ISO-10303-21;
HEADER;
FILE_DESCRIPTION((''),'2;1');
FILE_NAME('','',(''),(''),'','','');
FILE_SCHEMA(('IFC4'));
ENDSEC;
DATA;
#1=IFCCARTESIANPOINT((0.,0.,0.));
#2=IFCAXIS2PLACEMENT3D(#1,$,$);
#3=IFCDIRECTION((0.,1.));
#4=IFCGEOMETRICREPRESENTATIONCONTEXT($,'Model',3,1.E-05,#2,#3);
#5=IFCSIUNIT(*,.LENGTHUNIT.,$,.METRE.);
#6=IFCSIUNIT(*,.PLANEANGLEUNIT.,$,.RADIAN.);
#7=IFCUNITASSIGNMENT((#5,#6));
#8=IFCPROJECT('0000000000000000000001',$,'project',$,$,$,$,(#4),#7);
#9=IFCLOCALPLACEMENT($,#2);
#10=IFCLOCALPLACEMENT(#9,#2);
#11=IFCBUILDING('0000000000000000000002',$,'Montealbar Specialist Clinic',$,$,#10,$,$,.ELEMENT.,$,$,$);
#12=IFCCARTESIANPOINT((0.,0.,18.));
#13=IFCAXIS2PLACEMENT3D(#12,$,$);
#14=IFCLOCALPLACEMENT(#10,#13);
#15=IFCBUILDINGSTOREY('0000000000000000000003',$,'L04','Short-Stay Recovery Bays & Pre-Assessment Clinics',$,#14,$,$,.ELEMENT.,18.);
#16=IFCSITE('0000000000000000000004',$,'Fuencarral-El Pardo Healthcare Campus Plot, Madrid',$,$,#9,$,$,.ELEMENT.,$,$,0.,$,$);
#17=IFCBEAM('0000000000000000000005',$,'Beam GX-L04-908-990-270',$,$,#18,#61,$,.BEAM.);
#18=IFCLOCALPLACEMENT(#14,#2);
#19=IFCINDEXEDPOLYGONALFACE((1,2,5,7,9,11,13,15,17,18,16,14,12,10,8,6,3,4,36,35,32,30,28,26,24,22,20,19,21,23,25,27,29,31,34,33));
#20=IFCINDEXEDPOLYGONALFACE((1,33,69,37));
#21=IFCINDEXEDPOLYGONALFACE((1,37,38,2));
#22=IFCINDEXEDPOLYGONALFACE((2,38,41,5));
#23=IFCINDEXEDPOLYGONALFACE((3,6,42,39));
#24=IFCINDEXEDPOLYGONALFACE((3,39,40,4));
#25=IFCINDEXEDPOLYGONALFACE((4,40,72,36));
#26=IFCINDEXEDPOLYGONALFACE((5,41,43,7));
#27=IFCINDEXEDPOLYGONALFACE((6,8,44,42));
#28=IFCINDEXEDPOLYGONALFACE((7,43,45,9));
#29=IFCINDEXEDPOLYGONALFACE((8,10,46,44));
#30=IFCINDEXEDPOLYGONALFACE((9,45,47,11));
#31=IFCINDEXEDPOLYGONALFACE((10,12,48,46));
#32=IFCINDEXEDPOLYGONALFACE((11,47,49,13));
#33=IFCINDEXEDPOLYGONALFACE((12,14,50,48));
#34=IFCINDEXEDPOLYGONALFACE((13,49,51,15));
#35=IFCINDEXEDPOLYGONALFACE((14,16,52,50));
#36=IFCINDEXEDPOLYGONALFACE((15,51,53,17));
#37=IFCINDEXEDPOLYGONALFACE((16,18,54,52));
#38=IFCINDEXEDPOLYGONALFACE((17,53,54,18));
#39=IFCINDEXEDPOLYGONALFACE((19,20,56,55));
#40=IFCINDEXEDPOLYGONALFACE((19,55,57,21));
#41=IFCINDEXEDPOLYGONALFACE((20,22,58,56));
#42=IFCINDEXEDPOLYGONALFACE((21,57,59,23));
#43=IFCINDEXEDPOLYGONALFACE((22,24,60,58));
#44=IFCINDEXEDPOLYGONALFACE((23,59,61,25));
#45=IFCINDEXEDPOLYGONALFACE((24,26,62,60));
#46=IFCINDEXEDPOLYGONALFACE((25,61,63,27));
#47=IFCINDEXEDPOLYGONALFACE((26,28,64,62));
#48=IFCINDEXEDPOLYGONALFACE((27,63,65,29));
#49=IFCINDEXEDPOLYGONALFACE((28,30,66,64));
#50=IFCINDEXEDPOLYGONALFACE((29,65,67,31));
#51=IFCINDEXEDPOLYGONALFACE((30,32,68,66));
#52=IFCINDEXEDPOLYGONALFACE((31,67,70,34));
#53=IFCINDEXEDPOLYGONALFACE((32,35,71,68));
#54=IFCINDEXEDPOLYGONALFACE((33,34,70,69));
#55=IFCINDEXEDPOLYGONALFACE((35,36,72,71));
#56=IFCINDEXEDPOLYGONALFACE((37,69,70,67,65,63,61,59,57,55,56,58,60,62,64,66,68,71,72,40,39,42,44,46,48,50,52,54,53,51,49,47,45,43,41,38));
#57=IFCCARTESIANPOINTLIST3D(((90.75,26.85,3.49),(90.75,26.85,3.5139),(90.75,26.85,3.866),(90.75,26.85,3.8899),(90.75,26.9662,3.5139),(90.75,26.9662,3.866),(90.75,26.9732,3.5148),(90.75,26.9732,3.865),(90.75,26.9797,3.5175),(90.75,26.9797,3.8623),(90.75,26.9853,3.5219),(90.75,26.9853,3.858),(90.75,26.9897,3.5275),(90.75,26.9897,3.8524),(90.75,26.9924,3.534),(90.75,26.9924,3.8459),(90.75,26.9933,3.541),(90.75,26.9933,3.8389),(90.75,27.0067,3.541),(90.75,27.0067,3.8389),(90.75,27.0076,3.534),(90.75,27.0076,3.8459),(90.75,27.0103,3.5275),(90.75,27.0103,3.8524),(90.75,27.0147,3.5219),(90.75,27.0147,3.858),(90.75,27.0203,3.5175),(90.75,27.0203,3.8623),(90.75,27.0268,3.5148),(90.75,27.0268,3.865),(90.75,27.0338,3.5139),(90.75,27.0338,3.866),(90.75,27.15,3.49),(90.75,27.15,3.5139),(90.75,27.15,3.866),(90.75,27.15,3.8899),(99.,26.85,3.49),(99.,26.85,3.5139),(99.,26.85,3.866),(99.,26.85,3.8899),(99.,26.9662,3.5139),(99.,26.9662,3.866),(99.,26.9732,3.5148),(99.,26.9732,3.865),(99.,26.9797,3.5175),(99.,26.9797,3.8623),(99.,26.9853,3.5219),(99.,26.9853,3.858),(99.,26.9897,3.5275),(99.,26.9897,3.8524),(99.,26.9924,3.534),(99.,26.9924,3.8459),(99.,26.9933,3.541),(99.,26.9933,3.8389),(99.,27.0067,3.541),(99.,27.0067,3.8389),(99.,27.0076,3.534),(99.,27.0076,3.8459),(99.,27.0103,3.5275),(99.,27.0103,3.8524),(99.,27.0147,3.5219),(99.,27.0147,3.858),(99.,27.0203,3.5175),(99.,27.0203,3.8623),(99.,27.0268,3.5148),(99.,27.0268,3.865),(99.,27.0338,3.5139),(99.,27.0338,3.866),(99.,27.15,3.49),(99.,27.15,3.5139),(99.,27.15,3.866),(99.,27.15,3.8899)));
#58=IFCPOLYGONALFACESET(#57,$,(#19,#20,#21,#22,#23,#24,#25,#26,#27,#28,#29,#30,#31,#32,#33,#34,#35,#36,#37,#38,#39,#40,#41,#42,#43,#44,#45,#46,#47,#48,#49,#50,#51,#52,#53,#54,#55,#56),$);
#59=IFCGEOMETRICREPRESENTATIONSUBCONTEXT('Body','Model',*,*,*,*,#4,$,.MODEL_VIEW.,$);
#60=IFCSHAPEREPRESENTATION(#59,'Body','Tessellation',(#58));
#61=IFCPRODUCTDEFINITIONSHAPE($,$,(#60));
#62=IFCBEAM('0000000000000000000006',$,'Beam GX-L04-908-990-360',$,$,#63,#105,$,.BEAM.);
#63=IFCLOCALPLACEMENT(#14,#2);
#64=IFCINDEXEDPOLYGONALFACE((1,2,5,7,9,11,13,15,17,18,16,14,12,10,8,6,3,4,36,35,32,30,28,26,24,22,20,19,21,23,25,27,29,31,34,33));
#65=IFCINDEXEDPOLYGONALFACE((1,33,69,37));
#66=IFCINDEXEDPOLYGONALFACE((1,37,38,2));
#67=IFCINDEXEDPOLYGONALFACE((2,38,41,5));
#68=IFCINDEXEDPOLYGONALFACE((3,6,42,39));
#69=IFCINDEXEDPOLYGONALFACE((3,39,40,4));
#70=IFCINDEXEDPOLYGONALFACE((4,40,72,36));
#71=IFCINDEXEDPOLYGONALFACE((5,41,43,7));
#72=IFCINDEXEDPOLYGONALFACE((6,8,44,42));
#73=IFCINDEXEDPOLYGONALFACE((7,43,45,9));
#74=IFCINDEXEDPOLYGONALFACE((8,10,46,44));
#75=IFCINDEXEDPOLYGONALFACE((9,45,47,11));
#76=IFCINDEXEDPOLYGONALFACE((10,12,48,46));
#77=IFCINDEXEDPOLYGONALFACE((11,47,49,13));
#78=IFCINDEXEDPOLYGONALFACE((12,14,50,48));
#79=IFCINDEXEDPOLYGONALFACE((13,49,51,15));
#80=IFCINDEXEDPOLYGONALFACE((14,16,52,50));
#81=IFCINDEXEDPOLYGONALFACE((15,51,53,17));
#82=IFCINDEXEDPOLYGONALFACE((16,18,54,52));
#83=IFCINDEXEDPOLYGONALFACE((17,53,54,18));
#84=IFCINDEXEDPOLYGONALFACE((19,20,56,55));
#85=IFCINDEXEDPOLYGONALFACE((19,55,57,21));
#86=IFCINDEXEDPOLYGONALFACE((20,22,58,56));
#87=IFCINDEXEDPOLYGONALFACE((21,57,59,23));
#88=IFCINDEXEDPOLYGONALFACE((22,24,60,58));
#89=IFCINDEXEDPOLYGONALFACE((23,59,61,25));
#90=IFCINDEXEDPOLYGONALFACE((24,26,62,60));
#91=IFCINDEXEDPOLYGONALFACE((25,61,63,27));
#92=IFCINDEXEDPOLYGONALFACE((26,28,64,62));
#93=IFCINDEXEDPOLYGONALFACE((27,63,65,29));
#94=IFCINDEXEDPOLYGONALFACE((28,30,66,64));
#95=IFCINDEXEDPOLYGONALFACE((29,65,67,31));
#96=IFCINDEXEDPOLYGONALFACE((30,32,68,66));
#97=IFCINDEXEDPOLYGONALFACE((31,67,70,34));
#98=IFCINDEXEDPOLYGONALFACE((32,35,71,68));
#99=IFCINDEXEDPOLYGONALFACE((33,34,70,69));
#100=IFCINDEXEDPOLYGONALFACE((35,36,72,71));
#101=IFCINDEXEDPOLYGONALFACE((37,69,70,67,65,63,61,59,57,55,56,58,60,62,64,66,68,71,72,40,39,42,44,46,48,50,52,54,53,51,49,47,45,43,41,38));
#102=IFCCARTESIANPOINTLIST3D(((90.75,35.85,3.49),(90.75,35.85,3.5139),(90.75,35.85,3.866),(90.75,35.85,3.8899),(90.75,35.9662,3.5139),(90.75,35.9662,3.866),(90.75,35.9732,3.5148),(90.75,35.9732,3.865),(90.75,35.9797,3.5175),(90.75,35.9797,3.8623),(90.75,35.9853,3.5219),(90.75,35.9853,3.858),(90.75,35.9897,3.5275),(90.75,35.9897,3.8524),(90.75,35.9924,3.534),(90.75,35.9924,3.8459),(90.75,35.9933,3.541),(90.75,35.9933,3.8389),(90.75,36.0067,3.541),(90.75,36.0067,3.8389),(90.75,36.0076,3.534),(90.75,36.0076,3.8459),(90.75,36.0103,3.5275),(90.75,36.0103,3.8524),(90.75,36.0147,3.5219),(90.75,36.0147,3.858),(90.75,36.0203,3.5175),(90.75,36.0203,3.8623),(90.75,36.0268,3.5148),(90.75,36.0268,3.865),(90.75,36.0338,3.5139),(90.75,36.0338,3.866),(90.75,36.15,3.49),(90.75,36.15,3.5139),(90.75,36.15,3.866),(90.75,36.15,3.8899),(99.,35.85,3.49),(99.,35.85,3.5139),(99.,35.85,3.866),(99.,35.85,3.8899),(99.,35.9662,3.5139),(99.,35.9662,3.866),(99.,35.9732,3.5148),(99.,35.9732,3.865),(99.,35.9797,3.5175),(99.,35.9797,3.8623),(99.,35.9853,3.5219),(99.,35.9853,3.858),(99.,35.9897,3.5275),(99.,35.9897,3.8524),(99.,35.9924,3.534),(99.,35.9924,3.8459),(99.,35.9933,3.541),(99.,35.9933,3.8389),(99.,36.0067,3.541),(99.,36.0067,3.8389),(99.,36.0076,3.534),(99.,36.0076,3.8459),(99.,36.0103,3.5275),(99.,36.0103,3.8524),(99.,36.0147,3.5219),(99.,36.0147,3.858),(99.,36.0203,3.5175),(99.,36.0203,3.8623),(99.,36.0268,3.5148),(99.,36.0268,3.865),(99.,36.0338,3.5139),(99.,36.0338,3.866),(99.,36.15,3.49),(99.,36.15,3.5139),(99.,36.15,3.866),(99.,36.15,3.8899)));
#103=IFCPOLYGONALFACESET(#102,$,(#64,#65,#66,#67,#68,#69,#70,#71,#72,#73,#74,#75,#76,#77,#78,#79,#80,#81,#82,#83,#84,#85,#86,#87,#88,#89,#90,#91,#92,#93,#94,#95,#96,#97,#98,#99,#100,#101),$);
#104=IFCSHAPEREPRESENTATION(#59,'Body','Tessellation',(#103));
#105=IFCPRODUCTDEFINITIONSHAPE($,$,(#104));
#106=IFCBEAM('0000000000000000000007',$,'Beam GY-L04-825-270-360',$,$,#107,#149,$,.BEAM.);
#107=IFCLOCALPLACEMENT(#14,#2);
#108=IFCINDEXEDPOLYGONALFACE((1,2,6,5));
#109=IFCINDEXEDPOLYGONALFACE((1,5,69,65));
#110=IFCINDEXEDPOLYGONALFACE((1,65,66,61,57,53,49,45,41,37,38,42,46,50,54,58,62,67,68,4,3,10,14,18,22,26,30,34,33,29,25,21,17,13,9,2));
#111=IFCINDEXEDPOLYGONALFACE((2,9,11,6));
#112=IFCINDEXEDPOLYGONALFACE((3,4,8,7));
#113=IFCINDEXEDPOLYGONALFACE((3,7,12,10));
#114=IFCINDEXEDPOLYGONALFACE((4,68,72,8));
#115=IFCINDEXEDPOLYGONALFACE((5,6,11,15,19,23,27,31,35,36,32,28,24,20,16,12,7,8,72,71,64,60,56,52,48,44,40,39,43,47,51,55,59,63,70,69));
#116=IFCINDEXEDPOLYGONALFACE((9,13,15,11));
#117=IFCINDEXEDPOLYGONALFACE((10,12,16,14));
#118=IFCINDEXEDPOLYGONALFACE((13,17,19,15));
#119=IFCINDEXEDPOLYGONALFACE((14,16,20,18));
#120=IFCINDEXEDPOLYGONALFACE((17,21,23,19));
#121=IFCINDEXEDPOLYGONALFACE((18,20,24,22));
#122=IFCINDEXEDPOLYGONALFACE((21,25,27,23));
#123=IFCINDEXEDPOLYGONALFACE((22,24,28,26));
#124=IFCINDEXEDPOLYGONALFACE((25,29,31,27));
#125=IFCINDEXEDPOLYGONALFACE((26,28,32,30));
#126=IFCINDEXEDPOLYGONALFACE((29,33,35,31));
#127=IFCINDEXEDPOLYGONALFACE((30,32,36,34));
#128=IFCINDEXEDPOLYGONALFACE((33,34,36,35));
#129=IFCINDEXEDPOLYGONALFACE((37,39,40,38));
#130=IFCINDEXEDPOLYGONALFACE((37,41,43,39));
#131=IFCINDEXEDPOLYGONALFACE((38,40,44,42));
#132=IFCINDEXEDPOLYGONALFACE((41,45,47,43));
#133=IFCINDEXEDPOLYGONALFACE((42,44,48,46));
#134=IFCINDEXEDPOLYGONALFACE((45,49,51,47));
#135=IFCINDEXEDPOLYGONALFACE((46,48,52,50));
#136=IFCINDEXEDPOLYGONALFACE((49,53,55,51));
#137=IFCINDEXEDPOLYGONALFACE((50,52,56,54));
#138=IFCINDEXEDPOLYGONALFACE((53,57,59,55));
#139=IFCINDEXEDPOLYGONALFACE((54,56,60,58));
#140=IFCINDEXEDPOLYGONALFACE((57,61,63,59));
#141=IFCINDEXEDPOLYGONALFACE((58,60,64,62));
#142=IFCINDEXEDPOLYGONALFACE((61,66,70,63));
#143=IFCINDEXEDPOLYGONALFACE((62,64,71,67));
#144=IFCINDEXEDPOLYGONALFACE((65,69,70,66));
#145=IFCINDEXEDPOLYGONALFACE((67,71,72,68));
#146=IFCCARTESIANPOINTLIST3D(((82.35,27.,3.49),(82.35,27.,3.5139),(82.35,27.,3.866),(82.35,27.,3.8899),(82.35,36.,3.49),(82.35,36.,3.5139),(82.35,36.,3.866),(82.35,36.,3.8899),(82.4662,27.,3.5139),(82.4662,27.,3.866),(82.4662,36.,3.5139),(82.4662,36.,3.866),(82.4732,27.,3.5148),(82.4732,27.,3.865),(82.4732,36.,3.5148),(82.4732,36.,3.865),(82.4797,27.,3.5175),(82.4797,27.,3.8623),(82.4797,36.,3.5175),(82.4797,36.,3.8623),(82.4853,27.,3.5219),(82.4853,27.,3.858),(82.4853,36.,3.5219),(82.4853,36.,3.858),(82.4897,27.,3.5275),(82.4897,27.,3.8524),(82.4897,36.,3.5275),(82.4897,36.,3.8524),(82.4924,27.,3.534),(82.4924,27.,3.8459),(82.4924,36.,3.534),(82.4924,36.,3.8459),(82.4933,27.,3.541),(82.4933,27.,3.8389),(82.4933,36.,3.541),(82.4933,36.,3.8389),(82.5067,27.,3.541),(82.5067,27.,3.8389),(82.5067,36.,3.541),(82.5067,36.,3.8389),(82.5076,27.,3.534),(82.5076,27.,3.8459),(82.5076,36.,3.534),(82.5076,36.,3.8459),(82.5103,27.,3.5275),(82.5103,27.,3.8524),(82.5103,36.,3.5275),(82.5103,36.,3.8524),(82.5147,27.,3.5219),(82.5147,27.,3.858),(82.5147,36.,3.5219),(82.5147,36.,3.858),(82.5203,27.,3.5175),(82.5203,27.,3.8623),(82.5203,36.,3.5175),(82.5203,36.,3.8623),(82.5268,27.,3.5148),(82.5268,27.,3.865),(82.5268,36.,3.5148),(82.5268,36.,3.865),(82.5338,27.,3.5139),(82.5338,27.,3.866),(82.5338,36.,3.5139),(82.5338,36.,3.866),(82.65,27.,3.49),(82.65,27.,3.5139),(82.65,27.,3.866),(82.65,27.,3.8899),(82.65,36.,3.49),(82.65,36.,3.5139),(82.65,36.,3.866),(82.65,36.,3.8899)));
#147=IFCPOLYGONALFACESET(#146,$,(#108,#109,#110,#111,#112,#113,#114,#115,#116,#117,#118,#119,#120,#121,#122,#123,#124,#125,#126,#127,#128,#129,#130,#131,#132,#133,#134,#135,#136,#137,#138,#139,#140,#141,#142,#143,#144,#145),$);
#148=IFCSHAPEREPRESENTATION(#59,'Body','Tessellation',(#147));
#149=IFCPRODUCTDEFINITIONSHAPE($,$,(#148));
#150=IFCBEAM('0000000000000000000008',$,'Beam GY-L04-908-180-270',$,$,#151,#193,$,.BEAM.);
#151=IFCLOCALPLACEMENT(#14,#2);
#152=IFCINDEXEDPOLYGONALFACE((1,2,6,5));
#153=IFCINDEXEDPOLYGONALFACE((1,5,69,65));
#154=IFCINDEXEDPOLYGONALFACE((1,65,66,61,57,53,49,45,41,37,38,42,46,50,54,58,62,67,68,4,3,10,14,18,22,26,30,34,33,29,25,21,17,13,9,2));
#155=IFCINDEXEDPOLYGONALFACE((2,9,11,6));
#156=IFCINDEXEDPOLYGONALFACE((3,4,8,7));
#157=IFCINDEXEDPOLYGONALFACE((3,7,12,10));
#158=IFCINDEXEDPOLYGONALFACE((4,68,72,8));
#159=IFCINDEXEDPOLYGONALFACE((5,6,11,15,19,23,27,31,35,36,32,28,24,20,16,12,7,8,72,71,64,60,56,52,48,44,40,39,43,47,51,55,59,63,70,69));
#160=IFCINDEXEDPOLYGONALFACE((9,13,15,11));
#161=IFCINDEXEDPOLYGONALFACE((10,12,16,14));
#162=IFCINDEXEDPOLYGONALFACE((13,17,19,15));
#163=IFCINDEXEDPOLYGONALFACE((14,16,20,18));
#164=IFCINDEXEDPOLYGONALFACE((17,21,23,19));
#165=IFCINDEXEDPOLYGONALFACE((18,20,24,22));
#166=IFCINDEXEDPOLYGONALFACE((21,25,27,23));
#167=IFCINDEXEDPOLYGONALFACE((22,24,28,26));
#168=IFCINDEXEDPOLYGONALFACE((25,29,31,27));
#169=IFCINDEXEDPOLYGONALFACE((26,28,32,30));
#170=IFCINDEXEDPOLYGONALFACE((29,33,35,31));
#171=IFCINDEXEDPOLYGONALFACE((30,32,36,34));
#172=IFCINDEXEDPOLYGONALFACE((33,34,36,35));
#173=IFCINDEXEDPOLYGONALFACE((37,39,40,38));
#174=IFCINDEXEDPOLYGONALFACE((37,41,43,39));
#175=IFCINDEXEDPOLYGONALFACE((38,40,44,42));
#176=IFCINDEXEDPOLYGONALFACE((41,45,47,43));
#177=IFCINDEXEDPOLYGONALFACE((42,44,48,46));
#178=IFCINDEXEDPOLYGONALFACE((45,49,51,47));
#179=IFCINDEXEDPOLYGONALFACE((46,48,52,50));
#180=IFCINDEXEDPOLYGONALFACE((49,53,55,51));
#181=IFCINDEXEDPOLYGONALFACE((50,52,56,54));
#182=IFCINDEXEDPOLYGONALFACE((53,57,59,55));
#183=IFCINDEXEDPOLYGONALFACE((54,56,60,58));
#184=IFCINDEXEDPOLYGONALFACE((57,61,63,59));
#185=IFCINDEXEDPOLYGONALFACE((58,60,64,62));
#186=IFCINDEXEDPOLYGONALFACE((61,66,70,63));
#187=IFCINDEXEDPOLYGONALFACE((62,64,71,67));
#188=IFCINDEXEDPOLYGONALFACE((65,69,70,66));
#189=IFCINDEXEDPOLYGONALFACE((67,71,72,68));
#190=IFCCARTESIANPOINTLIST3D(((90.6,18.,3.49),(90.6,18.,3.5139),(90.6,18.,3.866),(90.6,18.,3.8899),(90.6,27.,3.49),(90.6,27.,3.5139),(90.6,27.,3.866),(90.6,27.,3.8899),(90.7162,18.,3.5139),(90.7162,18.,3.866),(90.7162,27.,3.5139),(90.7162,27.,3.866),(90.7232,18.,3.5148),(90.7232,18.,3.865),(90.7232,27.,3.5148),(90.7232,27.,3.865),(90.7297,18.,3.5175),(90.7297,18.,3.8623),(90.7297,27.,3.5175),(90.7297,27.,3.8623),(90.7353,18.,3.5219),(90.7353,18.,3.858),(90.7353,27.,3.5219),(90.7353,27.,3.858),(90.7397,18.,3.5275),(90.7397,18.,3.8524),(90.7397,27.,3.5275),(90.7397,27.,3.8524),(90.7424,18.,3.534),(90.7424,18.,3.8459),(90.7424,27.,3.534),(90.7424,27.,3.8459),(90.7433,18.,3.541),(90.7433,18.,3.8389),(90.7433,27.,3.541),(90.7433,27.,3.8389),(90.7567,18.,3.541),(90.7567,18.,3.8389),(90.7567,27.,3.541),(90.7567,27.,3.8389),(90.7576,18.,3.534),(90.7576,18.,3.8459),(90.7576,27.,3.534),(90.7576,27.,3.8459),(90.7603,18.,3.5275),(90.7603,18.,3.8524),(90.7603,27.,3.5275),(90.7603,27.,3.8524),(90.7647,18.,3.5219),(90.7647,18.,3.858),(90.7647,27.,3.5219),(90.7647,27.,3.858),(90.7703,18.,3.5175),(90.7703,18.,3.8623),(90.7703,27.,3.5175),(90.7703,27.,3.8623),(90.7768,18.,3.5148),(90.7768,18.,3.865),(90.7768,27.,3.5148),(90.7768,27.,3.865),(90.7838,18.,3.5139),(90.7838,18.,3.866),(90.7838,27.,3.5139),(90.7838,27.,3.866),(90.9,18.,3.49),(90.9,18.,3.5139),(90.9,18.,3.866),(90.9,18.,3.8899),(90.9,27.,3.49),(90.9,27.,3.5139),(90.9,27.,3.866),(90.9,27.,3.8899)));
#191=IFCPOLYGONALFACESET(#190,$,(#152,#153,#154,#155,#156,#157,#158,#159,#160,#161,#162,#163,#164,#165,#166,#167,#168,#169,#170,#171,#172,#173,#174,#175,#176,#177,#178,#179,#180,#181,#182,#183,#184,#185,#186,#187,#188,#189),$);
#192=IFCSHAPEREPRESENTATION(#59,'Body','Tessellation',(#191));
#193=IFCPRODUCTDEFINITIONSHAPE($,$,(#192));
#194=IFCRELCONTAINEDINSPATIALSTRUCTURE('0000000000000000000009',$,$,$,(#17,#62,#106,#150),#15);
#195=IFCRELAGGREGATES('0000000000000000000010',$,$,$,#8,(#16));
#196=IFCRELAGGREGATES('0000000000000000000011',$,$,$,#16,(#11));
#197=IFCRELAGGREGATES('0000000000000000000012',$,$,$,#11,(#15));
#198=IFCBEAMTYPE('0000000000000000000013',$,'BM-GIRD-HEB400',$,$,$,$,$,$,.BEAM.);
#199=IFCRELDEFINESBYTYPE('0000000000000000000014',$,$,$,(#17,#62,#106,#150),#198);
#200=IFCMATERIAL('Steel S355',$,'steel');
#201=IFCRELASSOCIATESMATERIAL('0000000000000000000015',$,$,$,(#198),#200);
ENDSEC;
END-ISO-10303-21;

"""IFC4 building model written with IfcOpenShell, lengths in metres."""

from ifc_helpers import new_model, si_unit, direction, frame, origin, origin_2d, place, context, subcontext, project, spatial, i_section, extrude, material, material_profile, profile_set, type_object, element, save


model = new_model("IFC4")

# Units and contexts
model_context = context("Model", 3, precision=1e-05, world=origin(), true_north=direction((0.0, 1.0)))
body_context = subcontext(model_context, "Body", "Model", "MODEL_VIEW")
ifc_project = project(units=[si_unit("LENGTHUNIT", "METRE"), si_unit("PLANEANGLEUNIT", "RADIAN")], contexts=[model_context])

# Site, building, storey
site_placement = place(None, origin())
site = spatial("IfcSite", under=ifc_project, at=site_placement, Name="Fuencarral-El Pardo Healthcare Campus Plot, Madrid", CompositionType="ELEMENT", RefElevation=0.0)
building_placement = place(site_placement, origin())
building = spatial("IfcBuilding", under=site, at=building_placement, Name="Montealbar Specialist Clinic", CompositionType="ELEMENT")
storey_placement = place(building_placement, frame((0.0, 0.0, 18.0)))
storey = spatial("IfcBuildingStorey", under=building, at=storey_placement, Name="L04", Description="Short-Stay Recovery Bays & Pre-Assessment Clinics", CompositionType="ELEMENT", Elevation=18.0)

# Shared definitions
ifc_material_1 = material(Name="Steel S355", Category="steel")

# Beams
ifc_material_profile_1 = material_profile(ifc_material_1, i_section(OverallWidth=0.3, OverallDepth=0.3999, WebThickness=0.0134, FlangeThickness=0.0239, FilletRadius=0.0271, at=origin_2d()), Name="HEB 400", Category="steel")
ifc_profile_set_1 = profile_set([ifc_material_profile_1], Name="Steel S355")
beam_type_1 = type_object("IfcBeamType", Name="BM-GIRD-HEB400", PredefinedType="BEAM", material=ifc_profile_set_1)
for number, where, z_axis, x_axis, name in (
    (1, (90.75, 27.0, 3.6899), (1.0, 0.0, 0.0), (0.0, 1.0, 0.0), "Beam GX-L04-908-990-270"),
    (2, (90.75, 36.0, 3.6899), (1.0, 0.0, 0.0), (0.0, 1.0, 0.0), "Beam GX-L04-908-990-360"),
):
    element("IfcBeam", number, at=place(storey_placement, frame(where, z_axis=z_axis, x_axis=x_axis)), inside=storey, type_object=beam_type_1, Name=name, PredefinedType="BEAM", context=body_context, shape_type="SweptSolid", body=[
        extrude(i_section(OverallWidth=0.3, OverallDepth=0.3999, WebThickness=0.0134, FlangeThickness=0.0239, FilletRadius=0.0271, at=origin_2d()), origin(), (0.0, 0.0, 1.0), 8.25),
    ])
for number, where, z_axis, x_axis, name in (
    (3, (82.5, 27.0, 3.6899), (0.0, 1.0, 0.0), (-1.0, 0.0, 0.0), "Beam GY-L04-825-270-360"),
    (4, (90.75, 18.0, 3.6899), (0.0, 1.0, 0.0), (-1.0, 0.0, 0.0), "Beam GY-L04-908-180-270"),
):
    element("IfcBeam", number, at=place(storey_placement, frame(where, z_axis=z_axis, x_axis=x_axis)), inside=storey, type_object=beam_type_1, Name=name, PredefinedType="BEAM", context=body_context, shape_type="SweptSolid", body=[
        extrude(i_section(OverallWidth=0.3, OverallDepth=0.3999, WebThickness=0.0134, FlangeThickness=0.0239, FilletRadius=0.0271, at=origin_2d()), origin(), (0.0, 0.0, 1.0), 9.0),
    ])

save(model, "model.ifc")
